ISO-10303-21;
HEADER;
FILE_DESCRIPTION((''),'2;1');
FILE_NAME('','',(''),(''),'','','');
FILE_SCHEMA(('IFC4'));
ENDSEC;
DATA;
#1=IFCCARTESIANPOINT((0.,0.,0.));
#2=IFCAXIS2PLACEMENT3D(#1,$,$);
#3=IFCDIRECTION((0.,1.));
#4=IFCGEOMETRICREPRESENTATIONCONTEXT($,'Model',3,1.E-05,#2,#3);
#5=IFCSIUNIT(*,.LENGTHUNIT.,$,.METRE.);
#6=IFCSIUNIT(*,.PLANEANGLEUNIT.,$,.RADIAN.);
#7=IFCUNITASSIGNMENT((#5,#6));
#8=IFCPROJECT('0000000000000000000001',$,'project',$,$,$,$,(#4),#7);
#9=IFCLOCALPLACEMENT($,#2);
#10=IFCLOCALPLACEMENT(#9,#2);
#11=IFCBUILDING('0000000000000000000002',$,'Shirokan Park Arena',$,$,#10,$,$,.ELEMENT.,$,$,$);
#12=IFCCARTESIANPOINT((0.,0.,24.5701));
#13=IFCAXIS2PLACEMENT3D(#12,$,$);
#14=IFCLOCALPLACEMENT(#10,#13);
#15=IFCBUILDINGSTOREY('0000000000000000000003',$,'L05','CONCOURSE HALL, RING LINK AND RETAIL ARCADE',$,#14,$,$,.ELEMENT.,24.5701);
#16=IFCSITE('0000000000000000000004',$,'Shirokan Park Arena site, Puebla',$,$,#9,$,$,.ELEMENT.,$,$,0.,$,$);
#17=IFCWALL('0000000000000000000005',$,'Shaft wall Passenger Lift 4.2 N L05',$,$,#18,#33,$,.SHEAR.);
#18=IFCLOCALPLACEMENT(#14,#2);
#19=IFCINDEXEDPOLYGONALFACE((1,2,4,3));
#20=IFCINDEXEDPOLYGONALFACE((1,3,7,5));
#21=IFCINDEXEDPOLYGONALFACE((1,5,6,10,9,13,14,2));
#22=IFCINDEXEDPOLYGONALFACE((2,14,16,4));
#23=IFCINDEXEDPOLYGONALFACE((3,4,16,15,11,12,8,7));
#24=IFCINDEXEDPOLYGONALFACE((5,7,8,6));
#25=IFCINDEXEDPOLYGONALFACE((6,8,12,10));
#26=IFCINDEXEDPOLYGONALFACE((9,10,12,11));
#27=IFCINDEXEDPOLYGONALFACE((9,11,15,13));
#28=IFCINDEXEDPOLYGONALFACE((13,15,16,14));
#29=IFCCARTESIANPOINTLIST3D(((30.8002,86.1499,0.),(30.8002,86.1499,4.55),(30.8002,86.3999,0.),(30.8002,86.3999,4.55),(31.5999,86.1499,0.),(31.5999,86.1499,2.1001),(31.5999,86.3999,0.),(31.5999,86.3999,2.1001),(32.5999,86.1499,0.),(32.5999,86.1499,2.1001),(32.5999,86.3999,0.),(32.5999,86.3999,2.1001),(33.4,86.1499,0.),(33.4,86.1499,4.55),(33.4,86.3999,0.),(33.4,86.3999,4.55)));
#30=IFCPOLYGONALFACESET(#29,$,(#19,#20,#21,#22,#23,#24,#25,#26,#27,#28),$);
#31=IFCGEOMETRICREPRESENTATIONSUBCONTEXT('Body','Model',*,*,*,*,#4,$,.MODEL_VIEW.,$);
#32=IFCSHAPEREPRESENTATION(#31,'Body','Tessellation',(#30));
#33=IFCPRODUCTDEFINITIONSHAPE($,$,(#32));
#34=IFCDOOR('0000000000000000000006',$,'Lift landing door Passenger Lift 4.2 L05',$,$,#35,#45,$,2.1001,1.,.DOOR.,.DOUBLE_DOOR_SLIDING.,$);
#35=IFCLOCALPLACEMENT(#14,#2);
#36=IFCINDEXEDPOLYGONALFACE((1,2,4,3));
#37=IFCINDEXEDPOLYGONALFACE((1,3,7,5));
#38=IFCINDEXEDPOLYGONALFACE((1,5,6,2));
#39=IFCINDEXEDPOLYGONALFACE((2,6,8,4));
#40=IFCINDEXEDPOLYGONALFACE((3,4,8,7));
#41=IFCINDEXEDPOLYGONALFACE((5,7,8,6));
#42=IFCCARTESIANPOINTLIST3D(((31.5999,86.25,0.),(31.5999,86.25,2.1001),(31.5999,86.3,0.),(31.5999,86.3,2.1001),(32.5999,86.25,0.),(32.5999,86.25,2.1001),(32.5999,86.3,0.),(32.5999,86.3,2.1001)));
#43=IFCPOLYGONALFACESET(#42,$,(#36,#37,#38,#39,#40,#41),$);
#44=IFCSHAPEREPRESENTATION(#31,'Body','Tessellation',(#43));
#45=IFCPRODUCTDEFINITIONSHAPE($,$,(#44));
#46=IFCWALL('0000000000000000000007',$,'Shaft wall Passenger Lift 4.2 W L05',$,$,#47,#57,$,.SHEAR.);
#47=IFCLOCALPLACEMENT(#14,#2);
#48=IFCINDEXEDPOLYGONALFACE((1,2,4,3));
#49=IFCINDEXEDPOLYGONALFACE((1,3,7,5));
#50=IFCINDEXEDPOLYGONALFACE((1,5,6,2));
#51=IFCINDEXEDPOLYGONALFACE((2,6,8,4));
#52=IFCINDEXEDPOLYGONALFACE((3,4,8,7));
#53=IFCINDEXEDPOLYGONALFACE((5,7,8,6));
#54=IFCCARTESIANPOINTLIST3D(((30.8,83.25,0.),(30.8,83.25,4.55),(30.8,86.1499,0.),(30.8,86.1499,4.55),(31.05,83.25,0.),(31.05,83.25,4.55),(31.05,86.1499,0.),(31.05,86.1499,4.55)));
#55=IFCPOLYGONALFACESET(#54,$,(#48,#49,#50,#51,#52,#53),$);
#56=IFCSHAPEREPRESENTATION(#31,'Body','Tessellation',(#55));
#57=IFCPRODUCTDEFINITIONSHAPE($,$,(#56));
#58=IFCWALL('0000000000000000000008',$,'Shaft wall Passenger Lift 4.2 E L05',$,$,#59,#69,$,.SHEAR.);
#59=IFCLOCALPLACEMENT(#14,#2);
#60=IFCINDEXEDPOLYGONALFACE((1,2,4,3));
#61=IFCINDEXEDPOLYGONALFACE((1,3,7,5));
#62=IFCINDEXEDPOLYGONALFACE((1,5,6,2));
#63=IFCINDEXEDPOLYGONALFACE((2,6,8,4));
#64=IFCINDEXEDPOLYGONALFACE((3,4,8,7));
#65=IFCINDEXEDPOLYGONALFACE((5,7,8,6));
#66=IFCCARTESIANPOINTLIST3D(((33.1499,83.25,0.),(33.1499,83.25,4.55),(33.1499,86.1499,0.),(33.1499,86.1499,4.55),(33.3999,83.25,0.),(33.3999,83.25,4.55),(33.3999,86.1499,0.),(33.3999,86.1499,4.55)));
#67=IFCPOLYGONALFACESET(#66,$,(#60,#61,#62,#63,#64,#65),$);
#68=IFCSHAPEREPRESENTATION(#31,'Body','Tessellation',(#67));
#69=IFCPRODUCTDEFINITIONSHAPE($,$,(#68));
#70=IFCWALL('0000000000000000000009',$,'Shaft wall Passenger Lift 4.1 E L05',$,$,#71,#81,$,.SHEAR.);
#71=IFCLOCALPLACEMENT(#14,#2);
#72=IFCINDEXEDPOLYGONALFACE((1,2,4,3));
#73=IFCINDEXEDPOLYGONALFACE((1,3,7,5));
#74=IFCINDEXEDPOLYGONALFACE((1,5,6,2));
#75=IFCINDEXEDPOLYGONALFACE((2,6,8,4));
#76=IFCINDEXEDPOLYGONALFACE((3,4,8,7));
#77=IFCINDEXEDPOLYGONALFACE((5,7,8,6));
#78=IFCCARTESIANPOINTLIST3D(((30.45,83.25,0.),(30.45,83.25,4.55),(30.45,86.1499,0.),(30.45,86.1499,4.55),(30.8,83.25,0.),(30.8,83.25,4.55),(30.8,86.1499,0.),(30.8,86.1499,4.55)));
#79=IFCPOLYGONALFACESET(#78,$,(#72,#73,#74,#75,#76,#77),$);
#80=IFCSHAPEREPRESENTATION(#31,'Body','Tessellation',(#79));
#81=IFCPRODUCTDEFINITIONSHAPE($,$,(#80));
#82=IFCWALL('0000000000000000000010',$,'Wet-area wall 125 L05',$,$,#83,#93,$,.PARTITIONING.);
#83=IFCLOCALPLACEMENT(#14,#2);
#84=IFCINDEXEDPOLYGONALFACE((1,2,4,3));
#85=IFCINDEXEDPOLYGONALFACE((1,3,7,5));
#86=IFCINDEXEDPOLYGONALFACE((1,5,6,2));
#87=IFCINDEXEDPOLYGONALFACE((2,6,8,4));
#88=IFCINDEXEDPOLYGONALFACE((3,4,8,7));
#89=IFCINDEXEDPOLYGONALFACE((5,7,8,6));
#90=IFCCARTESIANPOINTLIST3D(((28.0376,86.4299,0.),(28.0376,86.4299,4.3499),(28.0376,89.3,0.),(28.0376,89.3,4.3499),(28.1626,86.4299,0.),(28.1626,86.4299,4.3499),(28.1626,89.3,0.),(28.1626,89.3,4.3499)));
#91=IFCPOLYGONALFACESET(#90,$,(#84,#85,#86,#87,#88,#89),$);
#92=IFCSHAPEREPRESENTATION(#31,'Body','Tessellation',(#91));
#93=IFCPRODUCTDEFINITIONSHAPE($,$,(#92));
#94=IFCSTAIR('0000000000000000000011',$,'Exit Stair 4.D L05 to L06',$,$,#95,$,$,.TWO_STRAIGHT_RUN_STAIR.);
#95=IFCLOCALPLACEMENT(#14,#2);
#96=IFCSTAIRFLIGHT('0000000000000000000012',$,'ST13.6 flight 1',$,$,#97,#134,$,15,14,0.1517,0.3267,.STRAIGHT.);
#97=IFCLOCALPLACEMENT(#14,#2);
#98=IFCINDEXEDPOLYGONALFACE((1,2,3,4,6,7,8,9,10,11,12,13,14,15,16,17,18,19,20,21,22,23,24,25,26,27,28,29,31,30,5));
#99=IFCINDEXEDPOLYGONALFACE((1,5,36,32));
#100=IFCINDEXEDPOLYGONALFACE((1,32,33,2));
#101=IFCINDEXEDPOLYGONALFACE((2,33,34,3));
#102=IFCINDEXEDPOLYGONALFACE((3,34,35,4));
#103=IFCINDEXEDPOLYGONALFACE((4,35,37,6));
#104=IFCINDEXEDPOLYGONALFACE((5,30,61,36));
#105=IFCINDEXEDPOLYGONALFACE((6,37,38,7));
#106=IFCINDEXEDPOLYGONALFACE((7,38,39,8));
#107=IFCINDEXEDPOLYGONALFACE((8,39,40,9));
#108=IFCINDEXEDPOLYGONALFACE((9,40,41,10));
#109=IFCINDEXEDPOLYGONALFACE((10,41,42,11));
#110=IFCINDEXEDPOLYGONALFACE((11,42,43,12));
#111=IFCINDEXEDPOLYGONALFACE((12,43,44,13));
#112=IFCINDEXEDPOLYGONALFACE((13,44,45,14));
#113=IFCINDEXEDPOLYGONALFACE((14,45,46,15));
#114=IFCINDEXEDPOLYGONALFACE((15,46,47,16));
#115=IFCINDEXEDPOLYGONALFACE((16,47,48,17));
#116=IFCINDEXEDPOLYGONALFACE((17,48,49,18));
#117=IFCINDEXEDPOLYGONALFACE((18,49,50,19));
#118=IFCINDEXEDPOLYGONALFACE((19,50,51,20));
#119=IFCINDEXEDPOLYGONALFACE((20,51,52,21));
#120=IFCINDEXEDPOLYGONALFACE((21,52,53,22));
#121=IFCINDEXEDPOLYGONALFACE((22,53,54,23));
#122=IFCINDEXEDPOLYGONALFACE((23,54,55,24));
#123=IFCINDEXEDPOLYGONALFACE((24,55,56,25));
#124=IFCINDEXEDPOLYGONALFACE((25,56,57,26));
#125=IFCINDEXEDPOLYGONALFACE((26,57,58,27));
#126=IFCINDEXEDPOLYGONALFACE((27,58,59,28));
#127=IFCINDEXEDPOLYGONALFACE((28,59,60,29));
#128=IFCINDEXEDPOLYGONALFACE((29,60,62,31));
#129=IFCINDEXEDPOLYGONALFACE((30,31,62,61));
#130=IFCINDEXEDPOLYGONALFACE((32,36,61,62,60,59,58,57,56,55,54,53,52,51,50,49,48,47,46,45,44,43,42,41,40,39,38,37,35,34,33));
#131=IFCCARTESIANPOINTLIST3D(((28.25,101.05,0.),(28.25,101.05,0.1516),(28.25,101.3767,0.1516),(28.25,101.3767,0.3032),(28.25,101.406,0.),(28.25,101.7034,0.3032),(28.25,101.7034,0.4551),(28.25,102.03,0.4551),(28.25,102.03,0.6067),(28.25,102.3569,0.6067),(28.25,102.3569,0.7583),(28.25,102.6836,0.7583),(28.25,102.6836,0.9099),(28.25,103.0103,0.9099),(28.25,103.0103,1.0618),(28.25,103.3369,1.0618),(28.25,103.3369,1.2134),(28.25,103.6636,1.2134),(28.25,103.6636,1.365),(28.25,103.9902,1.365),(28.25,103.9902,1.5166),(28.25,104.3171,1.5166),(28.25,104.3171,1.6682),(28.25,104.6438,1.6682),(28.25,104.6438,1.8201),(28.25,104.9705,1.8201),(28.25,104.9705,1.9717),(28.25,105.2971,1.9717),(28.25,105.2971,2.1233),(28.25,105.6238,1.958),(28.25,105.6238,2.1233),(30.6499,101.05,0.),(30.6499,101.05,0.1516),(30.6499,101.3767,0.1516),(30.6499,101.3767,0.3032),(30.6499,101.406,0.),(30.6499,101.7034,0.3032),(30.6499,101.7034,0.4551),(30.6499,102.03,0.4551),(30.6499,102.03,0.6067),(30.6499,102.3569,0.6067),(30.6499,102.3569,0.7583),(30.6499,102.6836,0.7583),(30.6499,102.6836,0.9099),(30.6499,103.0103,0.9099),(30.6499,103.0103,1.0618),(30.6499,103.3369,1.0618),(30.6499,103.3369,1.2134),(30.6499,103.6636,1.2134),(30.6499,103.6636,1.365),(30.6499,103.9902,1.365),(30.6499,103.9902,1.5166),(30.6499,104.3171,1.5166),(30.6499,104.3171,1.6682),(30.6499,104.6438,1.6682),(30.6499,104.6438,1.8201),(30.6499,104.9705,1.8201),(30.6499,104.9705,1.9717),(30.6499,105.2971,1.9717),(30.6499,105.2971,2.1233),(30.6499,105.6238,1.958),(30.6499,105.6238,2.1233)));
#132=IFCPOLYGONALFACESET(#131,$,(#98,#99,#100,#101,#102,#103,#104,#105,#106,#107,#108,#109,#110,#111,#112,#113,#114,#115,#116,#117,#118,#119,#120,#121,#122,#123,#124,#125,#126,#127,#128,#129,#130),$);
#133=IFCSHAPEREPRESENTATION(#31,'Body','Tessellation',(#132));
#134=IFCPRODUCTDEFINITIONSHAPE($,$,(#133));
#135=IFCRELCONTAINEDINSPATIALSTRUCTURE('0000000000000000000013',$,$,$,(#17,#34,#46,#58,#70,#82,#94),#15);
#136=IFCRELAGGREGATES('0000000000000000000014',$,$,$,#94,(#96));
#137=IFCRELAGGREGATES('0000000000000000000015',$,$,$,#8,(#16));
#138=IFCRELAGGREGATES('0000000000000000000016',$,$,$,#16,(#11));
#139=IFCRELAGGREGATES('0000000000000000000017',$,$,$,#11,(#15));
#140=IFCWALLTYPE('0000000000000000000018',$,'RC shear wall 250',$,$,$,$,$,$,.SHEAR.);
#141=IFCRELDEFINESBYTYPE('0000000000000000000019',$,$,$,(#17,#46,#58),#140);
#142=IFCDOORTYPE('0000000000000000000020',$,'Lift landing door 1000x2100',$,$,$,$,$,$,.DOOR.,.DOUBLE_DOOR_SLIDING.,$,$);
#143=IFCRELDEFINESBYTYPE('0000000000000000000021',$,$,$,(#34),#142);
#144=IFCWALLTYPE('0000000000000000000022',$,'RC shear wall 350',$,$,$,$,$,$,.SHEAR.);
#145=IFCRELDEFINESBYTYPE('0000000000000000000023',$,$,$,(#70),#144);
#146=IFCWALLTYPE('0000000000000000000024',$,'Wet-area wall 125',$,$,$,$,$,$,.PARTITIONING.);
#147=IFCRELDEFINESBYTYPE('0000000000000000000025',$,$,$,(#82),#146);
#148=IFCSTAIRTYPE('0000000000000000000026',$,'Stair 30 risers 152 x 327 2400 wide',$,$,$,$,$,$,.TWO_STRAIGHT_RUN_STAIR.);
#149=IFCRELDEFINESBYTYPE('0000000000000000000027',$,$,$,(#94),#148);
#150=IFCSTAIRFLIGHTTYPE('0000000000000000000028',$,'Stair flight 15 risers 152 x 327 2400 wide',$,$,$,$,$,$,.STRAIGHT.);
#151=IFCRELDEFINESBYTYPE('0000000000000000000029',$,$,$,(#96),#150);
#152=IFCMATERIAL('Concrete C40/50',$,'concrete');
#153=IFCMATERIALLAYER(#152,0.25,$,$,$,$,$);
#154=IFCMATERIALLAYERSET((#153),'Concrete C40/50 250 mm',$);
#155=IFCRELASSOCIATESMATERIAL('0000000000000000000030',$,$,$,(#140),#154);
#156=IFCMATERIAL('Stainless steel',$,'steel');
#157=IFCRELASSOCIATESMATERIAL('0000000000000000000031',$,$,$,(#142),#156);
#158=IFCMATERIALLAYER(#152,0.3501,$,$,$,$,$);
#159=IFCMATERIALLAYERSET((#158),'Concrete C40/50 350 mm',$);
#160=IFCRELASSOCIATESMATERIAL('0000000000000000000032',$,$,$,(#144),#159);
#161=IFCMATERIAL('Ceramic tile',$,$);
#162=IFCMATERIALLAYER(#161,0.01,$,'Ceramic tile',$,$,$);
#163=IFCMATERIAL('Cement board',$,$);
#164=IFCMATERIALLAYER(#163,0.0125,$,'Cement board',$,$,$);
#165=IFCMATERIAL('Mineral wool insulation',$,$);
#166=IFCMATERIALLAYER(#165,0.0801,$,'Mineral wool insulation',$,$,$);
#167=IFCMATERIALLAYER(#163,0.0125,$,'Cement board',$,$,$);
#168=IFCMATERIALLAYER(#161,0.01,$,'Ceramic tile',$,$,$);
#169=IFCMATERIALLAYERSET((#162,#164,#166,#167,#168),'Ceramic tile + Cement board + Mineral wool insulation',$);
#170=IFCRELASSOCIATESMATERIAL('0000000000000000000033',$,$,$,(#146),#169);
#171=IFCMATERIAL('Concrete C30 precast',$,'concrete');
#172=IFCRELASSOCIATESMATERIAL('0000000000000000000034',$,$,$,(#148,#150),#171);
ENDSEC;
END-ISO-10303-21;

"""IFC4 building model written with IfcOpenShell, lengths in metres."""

from ifc_helpers import new_model, si_unit, direction, frame, frame_2d, origin, place, context, subcontext, project, spatial, polyline, rectangle, outline, extrude, material, layer, layer_set, type_object, element, fill, aggregate, save


model = new_model("IFC4")

# Units and contexts
model_context = context("Model", 3, precision=1e-05, world=origin(), true_north=direction((0.0, 1.0)))
body_context = subcontext(model_context, "Body", "Model", "MODEL_VIEW")
ifc_project = project(units=[si_unit("LENGTHUNIT", "METRE"), si_unit("PLANEANGLEUNIT", "RADIAN")], contexts=[model_context])

# Site, building, storey
site_placement = place(None, origin())
site = spatial("IfcSite", under=ifc_project, at=site_placement, Name="Shirokan Park Arena site, Puebla", CompositionType="ELEMENT", RefElevation=0.0)
building_placement = place(site_placement, origin())
building = spatial("IfcBuilding", under=site, at=building_placement, Name="Shirokan Park Arena", CompositionType="ELEMENT")
storey_placement = place(building_placement, frame((0.0, 0.0, 24.5701)))
storey = spatial("IfcBuildingStorey", under=building, at=storey_placement, Name="L05", Description="CONCOURSE HALL, RING LINK AND RETAIL ARCADE", CompositionType="ELEMENT", Elevation=24.5701)

# Shared definitions
ifc_material_1 = material(Name="Mineral wool insulation")

# Shared definitions
ifc_material_2 = material(Name="Concrete C40/50", Category="concrete")
ifc_layer_1 = layer(ifc_material_2, 0.25)
ifc_layer_set_1 = layer_set([ifc_layer_1], Name="Concrete C40/50 250 mm")
wall_type_1 = type_object("IfcWallType", Name="RC shear wall 250", PredefinedType="SHEAR", material=ifc_layer_set_1)
ifc_material_3 = material(Name="Stainless steel", Category="steel")
door_type_1 = type_object("IfcDoorType", Name="Lift landing door 1000x2100", OperationType="DOUBLE_DOOR_SLIDING", PredefinedType="DOOR", material=ifc_material_3)

# Wall, opening, door
wall_1_placement = place(storey_placement, frame((33.3999, 86.2749, 0.0), z_axis=(0.0, 0.0, 1.0), x_axis=(-1.0, 0.0, 0.0)))
wall_1 = element("IfcWall", 1, at=wall_1_placement, inside=storey, type_object=wall_type_1, Name="Shaft wall Passenger Lift 4.2 N L05", PredefinedType="SHEAR", context=body_context, shape_type="SweptSolid", body=[
    extrude(rectangle(XDim=2.5999, YDim=0.25, at=frame_2d((1.2998, 0.0))), origin(), (0.0, 0.0, 1.0), 4.55),
])
opening_1_placement = place(wall_1_placement, frame((0.8, 0.0, 0.0)))
opening_1 = element("IfcOpeningElement", 2, at=opening_1_placement, cuts=wall_1, PredefinedType="OPENING", context=body_context, shape_type="SweptSolid", body=[
    extrude(rectangle(XDim=1.0, YDim=2.1001, at=frame_2d((0.5, 1.05))), frame((0.0, 0.135, 0.0), z_axis=(0.0, -1.0, 0.0), x_axis=(1.0, 0.0, 0.0)), (0.0, 0.0, 1.0), 0.27),
])
door_1_placement = place(opening_1_placement, origin())
door_1 = element("IfcDoor", 3, at=door_1_placement, inside=storey, type_object=door_type_1, Name="Lift landing door Passenger Lift 4.2 L05", OperationType="DOUBLE_DOOR_SLIDING", OverallHeight=2.1001, OverallWidth=1.0, PredefinedType="DOOR", context=body_context, shape_type="SweptSolid", body=[
    extrude(rectangle(XDim=1.0, YDim=2.1001, at=frame_2d((0.5, 1.05))), frame((0.0, 0.0249, 0.0), z_axis=(0.0, -1.0, 0.0), x_axis=(1.0, 0.0, 0.0)), (0.0, 0.0, 1.0), 0.05),
])
fill(opening_1, door_1)

# Walls
for number, where, z_axis, x_axis, name in (
    (4, (30.925, 86.1499, 0.0), (0.0, 0.0, 1.0), (0.0, -1.0, 0.0), "Shaft wall Passenger Lift 4.2 W L05"),
    (5, (33.2749, 86.1499, 0.0), (0.0, 0.0, 1.0), (0.0, -1.0, 0.0), "Shaft wall Passenger Lift 4.2 E L05"),
):
    element("IfcWall", number, at=place(storey_placement, frame(where, z_axis=z_axis, x_axis=x_axis)), inside=storey, type_object=wall_type_1, Name=name, PredefinedType="SHEAR", context=body_context, shape_type="SweptSolid", body=[
        extrude(rectangle(XDim=2.8999, YDim=0.25, at=frame_2d((1.45, 0.0))), origin(), (0.0, 0.0, 1.0), 4.55),
    ])
ifc_layer_2 = layer(ifc_material_2, 0.3501)
ifc_layer_set_2 = layer_set([ifc_layer_2], Name="Concrete C40/50 350 mm")
wall_type_2 = type_object("IfcWallType", Name="RC shear wall 350", PredefinedType="SHEAR", material=ifc_layer_set_2)
wall_2_placement = place(storey_placement, frame((30.625, 86.1499, 0.0), z_axis=(0.0, 0.0, 1.0), x_axis=(0.0, -1.0, 0.0)))
element("IfcWall", 6, at=wall_2_placement, inside=storey, type_object=wall_type_2, Name="Shaft wall Passenger Lift 4.1 E L05", PredefinedType="SHEAR", context=body_context, shape_type="SweptSolid", body=[
    extrude(rectangle(XDim=2.8999, YDim=0.3501, at=frame_2d((1.45, 0.0))), origin(), (0.0, 0.0, 1.0), 4.55),
])
ifc_material_4 = material(Name="Ceramic tile")
ifc_layer_3 = layer(ifc_material_4, 0.01, Name="Ceramic tile")
ifc_material_5 = material(Name="Cement board")
ifc_layer_4 = layer(ifc_material_5, 0.0125, Name="Cement board")
ifc_layer_5 = layer(ifc_material_1, 0.0801, Name="Mineral wool insulation")
ifc_layer_6 = layer(ifc_material_5, 0.0125, Name="Cement board")
ifc_layer_7 = layer(ifc_material_4, 0.01, Name="Ceramic tile")
ifc_layer_set_3 = layer_set([ifc_layer_3, ifc_layer_4, ifc_layer_5, ifc_layer_6, ifc_layer_7], Name="Ceramic tile + Cement board + Mineral wool insulation")
wall_type_3 = type_object("IfcWallType", Name="Wet-area wall 125", PredefinedType="PARTITIONING", material=ifc_layer_set_3)
wall_3_placement = place(storey_placement, frame((28.1001, 89.3, 0.0), z_axis=(0.0, 0.0, 1.0), x_axis=(0.0, -1.0, 0.0)))
element("IfcWall", 7, at=wall_3_placement, inside=storey, type_object=wall_type_3, Name="Wet-area wall 125 L05", PredefinedType="PARTITIONING", context=body_context, shape_type="SweptSolid", body=[
    extrude(rectangle(XDim=2.8701, YDim=0.125, at=frame_2d((1.4351, 0.0))), origin(), (0.0, 0.0, 1.0), 4.3499),
])

# Stair, stair flight
ifc_material_6 = material(Name="Concrete C30 precast", Category="concrete")
stair_type = type_object("IfcStairType", Name="Stair 30 risers 152 x 327 2400 wide", PredefinedType="TWO_STRAIGHT_RUN_STAIR", material=ifc_material_6)
stair_placement = place(storey_placement, origin())
stair = element("IfcStair", 8, at=stair_placement, inside=storey, type_object=stair_type, Name="Exit Stair 4.D L05 to L06", PredefinedType="TWO_STRAIGHT_RUN_STAIR")
stair_flight_type = type_object("IfcStairFlightType", Name="Stair flight 15 risers 152 x 327 2400 wide", PredefinedType="STRAIGHT", material=ifc_material_6)
stair_flight_placement = place(storey_placement, frame((29.45, 101.05, 0.0), z_axis=(0.0, 0.0, 1.0), x_axis=(0.0, 1.0, 0.0)))
stair_flight = element("IfcStairFlight", 9, at=stair_flight_placement, type_object=stair_flight_type, Name="ST13.6 flight 1", NumberOfRisers=15, NumberOfTreads=14, PredefinedType="STRAIGHT", RiserHeight=0.1517, TreadLength=0.3267, context=body_context, shape_type="SweptSolid", body=[
    extrude(outline(polyline([(0.0, 0.0), (0.0, 0.1516), (0.3267, 0.1516), (0.3267, 0.3032), (0.6533, 0.3032), (0.6533, 0.4551), (0.98, 0.4551), (0.98, 0.6067), (1.3069, 0.6067), (1.3069, 0.7583), (1.6335, 0.7583), (1.6335, 0.9099), (1.9602, 0.9099), (1.9602, 1.0618), (2.2869, 1.0618), (2.2869, 1.2134), (2.6135, 1.2134), (2.6135, 1.365), (2.9402, 1.365), (2.9402, 1.5166), (3.2671, 1.5166), (3.2671, 1.6682), (3.5938, 1.6682), (3.5938, 1.8201), (3.9204, 1.8201), (3.9204, 1.9717), (4.2471, 1.9717), (4.2471, 2.1233), (4.5737, 2.1233), (4.5737, 2.2749), (4.5737, 1.958), (0.356, 0.0), (0.0, 0.0)])), frame((0.0, 1.2, 0.0), z_axis=(0.0, -1.0, 0.0), x_axis=(1.0, 0.0, 0.0)), (0.0, 0.0, 1.0), 2.3999),
])
aggregate(stair, [stair_flight])

save(model, "model.ifc")
